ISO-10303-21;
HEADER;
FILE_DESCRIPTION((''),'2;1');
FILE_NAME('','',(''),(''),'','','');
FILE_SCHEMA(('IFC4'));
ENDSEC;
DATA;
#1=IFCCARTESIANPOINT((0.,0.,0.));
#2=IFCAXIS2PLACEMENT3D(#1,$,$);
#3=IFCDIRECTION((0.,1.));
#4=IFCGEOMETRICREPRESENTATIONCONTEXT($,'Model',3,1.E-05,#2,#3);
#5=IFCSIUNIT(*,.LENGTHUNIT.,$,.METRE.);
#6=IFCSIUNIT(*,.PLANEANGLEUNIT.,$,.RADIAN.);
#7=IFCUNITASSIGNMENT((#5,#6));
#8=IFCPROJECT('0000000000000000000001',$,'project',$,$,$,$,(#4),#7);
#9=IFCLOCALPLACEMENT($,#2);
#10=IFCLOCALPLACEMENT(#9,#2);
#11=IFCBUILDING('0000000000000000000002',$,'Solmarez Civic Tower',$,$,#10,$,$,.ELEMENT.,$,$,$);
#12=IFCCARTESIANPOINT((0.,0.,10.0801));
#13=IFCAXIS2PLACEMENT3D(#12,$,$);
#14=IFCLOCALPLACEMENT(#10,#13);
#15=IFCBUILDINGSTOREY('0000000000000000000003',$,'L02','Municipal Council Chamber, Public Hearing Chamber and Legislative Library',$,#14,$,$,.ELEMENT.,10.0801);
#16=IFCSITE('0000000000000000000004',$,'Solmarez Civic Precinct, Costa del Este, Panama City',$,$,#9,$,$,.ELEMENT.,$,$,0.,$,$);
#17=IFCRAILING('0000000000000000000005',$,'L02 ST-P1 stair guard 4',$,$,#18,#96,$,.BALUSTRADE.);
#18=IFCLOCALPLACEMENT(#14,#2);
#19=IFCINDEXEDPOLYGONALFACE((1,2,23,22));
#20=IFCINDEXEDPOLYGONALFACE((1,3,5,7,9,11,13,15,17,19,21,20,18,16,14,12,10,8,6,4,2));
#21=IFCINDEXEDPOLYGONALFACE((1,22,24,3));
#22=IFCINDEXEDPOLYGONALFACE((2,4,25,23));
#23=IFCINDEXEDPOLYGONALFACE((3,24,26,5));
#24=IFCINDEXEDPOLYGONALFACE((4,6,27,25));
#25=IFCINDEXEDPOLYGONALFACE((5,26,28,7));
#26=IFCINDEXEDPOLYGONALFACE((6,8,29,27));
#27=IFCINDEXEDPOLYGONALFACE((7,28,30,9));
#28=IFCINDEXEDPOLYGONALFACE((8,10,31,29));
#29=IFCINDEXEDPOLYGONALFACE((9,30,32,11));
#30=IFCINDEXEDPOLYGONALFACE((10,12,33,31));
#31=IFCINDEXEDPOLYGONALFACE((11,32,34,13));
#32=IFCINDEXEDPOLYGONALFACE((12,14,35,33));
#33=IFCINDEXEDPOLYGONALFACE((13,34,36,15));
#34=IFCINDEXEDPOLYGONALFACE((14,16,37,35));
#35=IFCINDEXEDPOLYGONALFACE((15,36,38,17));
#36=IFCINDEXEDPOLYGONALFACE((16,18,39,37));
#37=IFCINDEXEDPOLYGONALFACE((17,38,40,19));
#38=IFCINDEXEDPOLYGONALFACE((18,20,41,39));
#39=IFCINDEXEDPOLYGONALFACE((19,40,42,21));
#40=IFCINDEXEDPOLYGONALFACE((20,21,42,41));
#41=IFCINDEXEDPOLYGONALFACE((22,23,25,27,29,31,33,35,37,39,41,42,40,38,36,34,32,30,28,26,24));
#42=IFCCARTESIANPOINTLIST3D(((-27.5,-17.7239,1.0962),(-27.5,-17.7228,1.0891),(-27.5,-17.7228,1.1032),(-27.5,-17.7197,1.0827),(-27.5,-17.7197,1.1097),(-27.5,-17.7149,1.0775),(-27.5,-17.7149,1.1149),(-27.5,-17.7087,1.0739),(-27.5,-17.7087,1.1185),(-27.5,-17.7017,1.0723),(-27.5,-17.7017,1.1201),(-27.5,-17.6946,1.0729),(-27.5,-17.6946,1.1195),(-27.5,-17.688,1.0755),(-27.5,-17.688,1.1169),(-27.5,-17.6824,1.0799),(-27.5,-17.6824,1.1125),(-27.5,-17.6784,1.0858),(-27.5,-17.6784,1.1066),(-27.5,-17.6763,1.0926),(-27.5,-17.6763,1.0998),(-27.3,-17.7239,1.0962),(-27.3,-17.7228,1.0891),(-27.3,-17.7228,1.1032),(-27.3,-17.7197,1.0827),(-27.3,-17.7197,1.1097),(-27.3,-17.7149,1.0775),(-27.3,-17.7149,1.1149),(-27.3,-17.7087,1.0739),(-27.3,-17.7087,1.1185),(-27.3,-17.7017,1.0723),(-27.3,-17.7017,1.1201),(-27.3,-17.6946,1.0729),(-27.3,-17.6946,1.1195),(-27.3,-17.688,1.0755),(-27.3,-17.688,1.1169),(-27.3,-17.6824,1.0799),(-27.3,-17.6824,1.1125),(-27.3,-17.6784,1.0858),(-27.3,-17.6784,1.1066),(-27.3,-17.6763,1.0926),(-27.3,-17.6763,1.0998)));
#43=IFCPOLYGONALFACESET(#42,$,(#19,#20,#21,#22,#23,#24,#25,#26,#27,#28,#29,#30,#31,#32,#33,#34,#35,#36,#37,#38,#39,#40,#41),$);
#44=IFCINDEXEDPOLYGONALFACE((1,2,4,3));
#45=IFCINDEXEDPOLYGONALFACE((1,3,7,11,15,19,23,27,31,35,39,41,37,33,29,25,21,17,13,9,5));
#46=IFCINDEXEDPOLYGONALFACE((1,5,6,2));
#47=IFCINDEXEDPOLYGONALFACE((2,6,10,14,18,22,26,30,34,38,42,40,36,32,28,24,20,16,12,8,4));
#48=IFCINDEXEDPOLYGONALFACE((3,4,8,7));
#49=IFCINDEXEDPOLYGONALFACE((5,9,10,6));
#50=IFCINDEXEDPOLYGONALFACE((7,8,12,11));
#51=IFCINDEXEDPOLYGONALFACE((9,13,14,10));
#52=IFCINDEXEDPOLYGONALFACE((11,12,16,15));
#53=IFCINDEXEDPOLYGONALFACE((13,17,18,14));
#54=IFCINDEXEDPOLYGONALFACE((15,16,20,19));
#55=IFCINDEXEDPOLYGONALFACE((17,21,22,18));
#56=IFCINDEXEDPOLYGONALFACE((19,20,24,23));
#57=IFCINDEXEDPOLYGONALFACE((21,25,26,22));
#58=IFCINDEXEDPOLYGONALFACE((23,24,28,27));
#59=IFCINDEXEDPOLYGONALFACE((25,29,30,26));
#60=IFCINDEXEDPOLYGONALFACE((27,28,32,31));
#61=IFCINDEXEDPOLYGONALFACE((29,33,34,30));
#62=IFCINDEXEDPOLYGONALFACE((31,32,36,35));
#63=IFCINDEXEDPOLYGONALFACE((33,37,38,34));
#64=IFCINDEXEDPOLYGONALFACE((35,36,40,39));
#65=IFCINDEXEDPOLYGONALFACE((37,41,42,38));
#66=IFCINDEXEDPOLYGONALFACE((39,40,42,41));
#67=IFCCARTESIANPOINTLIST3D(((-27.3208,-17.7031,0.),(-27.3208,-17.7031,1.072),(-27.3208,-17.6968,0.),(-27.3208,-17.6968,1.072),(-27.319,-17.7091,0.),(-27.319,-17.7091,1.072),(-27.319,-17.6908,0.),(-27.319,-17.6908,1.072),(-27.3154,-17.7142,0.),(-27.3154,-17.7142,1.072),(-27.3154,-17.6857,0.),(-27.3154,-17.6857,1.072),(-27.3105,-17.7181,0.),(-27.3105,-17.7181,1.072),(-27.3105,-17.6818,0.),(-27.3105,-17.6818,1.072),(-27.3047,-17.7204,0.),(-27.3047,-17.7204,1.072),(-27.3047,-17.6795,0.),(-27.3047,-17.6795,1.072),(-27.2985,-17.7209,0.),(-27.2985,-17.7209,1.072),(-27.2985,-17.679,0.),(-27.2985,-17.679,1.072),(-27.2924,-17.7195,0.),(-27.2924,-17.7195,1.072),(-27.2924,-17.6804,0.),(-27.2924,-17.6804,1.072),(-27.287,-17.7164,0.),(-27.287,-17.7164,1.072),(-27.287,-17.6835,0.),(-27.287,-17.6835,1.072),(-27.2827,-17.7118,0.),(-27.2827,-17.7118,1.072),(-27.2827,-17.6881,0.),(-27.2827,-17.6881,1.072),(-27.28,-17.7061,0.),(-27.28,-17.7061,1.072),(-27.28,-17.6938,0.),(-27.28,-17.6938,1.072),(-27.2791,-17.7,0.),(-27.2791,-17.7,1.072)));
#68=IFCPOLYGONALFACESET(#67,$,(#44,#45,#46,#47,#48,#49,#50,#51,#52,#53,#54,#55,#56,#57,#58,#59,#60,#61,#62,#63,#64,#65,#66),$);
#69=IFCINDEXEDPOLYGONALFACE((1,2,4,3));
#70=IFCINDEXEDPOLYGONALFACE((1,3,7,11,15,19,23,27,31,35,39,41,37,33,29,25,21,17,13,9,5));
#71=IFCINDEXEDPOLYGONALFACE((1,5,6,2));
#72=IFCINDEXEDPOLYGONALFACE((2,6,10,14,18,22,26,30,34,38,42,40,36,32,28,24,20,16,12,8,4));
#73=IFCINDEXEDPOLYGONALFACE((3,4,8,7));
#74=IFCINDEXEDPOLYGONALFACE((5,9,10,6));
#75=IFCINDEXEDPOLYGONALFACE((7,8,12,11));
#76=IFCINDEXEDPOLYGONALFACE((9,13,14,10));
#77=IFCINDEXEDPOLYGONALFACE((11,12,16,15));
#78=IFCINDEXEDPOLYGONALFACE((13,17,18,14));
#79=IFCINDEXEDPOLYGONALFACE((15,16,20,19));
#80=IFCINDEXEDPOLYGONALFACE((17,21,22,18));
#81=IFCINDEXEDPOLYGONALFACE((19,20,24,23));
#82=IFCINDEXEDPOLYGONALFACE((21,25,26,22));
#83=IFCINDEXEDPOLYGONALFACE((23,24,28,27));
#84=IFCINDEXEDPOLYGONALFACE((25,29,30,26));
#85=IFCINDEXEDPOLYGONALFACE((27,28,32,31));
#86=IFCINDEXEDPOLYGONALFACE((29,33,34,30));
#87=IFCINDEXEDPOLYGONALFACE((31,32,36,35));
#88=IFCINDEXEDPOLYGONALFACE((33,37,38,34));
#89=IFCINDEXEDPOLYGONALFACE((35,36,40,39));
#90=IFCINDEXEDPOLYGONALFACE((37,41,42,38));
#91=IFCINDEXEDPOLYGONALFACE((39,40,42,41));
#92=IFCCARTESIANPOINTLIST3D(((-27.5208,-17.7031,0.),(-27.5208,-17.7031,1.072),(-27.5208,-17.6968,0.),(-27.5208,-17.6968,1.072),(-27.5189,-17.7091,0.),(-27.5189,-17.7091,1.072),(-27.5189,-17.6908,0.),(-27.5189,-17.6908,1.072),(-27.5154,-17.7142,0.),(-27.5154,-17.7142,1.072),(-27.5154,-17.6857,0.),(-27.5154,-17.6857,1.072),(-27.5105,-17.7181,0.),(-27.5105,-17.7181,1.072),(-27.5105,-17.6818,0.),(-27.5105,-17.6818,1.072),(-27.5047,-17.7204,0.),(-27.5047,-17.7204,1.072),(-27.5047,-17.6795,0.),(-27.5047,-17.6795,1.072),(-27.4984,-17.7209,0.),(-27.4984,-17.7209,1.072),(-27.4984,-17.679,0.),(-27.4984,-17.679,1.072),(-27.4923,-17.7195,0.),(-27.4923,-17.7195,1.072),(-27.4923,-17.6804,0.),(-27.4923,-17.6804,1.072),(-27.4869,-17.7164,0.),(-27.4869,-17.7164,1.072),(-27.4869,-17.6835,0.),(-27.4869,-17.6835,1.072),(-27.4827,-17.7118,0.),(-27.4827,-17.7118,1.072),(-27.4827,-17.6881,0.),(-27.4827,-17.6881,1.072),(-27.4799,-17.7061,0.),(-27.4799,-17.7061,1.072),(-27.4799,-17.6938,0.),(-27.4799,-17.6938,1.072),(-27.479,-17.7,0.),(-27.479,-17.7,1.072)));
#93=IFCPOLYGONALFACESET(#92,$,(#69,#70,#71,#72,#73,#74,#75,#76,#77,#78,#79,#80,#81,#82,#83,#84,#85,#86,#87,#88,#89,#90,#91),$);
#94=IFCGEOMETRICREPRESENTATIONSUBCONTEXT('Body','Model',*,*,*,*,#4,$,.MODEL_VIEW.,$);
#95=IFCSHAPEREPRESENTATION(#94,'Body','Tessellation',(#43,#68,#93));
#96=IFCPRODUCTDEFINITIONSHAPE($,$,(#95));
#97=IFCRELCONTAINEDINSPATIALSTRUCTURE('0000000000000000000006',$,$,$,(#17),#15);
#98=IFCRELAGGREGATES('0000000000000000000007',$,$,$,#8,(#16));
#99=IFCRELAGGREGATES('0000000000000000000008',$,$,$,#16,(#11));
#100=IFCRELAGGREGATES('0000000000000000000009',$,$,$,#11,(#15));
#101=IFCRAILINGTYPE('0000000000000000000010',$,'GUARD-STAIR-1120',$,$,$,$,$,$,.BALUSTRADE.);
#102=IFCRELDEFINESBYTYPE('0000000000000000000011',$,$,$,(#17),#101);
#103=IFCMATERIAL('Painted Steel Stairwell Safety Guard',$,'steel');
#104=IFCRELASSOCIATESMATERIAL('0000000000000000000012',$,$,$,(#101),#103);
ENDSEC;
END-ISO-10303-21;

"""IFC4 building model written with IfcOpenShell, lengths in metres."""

from ifc_helpers import new_model, si_unit, direction, frame, origin, origin_2d, place, context, subcontext, project, spatial, circle, extrude, material, type_object, element, save


model = new_model("IFC4")

# Units and contexts
model_context = context("Model", 3, precision=1e-05, world=origin(), true_north=direction((0.0, 1.0)))
body_context = subcontext(model_context, "Body", "Model", "MODEL_VIEW")
ifc_project = project(units=[si_unit("LENGTHUNIT", "METRE"), si_unit("PLANEANGLEUNIT", "RADIAN")], contexts=[model_context])

# Site, building, storey
site_placement = place(None, origin())
site = spatial("IfcSite", under=ifc_project, at=site_placement, Name="Solmarez Civic Precinct, Costa del Este, Panama City", CompositionType="ELEMENT", RefElevation=0.0)
building_placement = place(site_placement, origin())
building = spatial("IfcBuilding", under=site, at=building_placement, Name="Solmarez Civic Tower", CompositionType="ELEMENT")
storey_placement = place(building_placement, frame((0.0, 0.0, 10.0801)))
storey = spatial("IfcBuildingStorey", under=building, at=storey_placement, Name="L02", Description="Municipal Council Chamber, Public Hearing Chamber and Legislative Library", CompositionType="ELEMENT", Elevation=10.0801)

# Railing
ifc_material_1 = material(Name="Painted Steel Stairwell Safety Guard", Category="steel")
railing_type_1 = type_object("IfcRailingType", Name="GUARD-STAIR-1120", PredefinedType="BALUSTRADE", material=ifc_material_1)
railing_1_placement = place(storey_placement, frame((-27.3, -17.7, 0.0)))
element("IfcRailing", 1, at=railing_1_placement, inside=storey, type_object=railing_type_1, Name="L02 ST-P1 stair guard 4", PredefinedType="BALUSTRADE", context=body_context, shape_type="SweptSolid", body=[
    extrude(circle(Radius=0.0239, at=origin_2d()), frame((0.0, 0.0, 1.0962), z_axis=(-1.0, 0.0, 0.0), x_axis=(0.0, -1.0, 0.0)), (0.0, 0.0, 1.0), 0.2),
    extrude(circle(Radius=0.021, at=origin_2d()), origin(), (0.0, 0.0, 1.0), 1.072),
    extrude(circle(Radius=0.021, at=origin_2d()), frame((-0.2, 0.0, 0.0)), (0.0, 0.0, 1.0), 1.072),
])

save(model, "model.ifc")
